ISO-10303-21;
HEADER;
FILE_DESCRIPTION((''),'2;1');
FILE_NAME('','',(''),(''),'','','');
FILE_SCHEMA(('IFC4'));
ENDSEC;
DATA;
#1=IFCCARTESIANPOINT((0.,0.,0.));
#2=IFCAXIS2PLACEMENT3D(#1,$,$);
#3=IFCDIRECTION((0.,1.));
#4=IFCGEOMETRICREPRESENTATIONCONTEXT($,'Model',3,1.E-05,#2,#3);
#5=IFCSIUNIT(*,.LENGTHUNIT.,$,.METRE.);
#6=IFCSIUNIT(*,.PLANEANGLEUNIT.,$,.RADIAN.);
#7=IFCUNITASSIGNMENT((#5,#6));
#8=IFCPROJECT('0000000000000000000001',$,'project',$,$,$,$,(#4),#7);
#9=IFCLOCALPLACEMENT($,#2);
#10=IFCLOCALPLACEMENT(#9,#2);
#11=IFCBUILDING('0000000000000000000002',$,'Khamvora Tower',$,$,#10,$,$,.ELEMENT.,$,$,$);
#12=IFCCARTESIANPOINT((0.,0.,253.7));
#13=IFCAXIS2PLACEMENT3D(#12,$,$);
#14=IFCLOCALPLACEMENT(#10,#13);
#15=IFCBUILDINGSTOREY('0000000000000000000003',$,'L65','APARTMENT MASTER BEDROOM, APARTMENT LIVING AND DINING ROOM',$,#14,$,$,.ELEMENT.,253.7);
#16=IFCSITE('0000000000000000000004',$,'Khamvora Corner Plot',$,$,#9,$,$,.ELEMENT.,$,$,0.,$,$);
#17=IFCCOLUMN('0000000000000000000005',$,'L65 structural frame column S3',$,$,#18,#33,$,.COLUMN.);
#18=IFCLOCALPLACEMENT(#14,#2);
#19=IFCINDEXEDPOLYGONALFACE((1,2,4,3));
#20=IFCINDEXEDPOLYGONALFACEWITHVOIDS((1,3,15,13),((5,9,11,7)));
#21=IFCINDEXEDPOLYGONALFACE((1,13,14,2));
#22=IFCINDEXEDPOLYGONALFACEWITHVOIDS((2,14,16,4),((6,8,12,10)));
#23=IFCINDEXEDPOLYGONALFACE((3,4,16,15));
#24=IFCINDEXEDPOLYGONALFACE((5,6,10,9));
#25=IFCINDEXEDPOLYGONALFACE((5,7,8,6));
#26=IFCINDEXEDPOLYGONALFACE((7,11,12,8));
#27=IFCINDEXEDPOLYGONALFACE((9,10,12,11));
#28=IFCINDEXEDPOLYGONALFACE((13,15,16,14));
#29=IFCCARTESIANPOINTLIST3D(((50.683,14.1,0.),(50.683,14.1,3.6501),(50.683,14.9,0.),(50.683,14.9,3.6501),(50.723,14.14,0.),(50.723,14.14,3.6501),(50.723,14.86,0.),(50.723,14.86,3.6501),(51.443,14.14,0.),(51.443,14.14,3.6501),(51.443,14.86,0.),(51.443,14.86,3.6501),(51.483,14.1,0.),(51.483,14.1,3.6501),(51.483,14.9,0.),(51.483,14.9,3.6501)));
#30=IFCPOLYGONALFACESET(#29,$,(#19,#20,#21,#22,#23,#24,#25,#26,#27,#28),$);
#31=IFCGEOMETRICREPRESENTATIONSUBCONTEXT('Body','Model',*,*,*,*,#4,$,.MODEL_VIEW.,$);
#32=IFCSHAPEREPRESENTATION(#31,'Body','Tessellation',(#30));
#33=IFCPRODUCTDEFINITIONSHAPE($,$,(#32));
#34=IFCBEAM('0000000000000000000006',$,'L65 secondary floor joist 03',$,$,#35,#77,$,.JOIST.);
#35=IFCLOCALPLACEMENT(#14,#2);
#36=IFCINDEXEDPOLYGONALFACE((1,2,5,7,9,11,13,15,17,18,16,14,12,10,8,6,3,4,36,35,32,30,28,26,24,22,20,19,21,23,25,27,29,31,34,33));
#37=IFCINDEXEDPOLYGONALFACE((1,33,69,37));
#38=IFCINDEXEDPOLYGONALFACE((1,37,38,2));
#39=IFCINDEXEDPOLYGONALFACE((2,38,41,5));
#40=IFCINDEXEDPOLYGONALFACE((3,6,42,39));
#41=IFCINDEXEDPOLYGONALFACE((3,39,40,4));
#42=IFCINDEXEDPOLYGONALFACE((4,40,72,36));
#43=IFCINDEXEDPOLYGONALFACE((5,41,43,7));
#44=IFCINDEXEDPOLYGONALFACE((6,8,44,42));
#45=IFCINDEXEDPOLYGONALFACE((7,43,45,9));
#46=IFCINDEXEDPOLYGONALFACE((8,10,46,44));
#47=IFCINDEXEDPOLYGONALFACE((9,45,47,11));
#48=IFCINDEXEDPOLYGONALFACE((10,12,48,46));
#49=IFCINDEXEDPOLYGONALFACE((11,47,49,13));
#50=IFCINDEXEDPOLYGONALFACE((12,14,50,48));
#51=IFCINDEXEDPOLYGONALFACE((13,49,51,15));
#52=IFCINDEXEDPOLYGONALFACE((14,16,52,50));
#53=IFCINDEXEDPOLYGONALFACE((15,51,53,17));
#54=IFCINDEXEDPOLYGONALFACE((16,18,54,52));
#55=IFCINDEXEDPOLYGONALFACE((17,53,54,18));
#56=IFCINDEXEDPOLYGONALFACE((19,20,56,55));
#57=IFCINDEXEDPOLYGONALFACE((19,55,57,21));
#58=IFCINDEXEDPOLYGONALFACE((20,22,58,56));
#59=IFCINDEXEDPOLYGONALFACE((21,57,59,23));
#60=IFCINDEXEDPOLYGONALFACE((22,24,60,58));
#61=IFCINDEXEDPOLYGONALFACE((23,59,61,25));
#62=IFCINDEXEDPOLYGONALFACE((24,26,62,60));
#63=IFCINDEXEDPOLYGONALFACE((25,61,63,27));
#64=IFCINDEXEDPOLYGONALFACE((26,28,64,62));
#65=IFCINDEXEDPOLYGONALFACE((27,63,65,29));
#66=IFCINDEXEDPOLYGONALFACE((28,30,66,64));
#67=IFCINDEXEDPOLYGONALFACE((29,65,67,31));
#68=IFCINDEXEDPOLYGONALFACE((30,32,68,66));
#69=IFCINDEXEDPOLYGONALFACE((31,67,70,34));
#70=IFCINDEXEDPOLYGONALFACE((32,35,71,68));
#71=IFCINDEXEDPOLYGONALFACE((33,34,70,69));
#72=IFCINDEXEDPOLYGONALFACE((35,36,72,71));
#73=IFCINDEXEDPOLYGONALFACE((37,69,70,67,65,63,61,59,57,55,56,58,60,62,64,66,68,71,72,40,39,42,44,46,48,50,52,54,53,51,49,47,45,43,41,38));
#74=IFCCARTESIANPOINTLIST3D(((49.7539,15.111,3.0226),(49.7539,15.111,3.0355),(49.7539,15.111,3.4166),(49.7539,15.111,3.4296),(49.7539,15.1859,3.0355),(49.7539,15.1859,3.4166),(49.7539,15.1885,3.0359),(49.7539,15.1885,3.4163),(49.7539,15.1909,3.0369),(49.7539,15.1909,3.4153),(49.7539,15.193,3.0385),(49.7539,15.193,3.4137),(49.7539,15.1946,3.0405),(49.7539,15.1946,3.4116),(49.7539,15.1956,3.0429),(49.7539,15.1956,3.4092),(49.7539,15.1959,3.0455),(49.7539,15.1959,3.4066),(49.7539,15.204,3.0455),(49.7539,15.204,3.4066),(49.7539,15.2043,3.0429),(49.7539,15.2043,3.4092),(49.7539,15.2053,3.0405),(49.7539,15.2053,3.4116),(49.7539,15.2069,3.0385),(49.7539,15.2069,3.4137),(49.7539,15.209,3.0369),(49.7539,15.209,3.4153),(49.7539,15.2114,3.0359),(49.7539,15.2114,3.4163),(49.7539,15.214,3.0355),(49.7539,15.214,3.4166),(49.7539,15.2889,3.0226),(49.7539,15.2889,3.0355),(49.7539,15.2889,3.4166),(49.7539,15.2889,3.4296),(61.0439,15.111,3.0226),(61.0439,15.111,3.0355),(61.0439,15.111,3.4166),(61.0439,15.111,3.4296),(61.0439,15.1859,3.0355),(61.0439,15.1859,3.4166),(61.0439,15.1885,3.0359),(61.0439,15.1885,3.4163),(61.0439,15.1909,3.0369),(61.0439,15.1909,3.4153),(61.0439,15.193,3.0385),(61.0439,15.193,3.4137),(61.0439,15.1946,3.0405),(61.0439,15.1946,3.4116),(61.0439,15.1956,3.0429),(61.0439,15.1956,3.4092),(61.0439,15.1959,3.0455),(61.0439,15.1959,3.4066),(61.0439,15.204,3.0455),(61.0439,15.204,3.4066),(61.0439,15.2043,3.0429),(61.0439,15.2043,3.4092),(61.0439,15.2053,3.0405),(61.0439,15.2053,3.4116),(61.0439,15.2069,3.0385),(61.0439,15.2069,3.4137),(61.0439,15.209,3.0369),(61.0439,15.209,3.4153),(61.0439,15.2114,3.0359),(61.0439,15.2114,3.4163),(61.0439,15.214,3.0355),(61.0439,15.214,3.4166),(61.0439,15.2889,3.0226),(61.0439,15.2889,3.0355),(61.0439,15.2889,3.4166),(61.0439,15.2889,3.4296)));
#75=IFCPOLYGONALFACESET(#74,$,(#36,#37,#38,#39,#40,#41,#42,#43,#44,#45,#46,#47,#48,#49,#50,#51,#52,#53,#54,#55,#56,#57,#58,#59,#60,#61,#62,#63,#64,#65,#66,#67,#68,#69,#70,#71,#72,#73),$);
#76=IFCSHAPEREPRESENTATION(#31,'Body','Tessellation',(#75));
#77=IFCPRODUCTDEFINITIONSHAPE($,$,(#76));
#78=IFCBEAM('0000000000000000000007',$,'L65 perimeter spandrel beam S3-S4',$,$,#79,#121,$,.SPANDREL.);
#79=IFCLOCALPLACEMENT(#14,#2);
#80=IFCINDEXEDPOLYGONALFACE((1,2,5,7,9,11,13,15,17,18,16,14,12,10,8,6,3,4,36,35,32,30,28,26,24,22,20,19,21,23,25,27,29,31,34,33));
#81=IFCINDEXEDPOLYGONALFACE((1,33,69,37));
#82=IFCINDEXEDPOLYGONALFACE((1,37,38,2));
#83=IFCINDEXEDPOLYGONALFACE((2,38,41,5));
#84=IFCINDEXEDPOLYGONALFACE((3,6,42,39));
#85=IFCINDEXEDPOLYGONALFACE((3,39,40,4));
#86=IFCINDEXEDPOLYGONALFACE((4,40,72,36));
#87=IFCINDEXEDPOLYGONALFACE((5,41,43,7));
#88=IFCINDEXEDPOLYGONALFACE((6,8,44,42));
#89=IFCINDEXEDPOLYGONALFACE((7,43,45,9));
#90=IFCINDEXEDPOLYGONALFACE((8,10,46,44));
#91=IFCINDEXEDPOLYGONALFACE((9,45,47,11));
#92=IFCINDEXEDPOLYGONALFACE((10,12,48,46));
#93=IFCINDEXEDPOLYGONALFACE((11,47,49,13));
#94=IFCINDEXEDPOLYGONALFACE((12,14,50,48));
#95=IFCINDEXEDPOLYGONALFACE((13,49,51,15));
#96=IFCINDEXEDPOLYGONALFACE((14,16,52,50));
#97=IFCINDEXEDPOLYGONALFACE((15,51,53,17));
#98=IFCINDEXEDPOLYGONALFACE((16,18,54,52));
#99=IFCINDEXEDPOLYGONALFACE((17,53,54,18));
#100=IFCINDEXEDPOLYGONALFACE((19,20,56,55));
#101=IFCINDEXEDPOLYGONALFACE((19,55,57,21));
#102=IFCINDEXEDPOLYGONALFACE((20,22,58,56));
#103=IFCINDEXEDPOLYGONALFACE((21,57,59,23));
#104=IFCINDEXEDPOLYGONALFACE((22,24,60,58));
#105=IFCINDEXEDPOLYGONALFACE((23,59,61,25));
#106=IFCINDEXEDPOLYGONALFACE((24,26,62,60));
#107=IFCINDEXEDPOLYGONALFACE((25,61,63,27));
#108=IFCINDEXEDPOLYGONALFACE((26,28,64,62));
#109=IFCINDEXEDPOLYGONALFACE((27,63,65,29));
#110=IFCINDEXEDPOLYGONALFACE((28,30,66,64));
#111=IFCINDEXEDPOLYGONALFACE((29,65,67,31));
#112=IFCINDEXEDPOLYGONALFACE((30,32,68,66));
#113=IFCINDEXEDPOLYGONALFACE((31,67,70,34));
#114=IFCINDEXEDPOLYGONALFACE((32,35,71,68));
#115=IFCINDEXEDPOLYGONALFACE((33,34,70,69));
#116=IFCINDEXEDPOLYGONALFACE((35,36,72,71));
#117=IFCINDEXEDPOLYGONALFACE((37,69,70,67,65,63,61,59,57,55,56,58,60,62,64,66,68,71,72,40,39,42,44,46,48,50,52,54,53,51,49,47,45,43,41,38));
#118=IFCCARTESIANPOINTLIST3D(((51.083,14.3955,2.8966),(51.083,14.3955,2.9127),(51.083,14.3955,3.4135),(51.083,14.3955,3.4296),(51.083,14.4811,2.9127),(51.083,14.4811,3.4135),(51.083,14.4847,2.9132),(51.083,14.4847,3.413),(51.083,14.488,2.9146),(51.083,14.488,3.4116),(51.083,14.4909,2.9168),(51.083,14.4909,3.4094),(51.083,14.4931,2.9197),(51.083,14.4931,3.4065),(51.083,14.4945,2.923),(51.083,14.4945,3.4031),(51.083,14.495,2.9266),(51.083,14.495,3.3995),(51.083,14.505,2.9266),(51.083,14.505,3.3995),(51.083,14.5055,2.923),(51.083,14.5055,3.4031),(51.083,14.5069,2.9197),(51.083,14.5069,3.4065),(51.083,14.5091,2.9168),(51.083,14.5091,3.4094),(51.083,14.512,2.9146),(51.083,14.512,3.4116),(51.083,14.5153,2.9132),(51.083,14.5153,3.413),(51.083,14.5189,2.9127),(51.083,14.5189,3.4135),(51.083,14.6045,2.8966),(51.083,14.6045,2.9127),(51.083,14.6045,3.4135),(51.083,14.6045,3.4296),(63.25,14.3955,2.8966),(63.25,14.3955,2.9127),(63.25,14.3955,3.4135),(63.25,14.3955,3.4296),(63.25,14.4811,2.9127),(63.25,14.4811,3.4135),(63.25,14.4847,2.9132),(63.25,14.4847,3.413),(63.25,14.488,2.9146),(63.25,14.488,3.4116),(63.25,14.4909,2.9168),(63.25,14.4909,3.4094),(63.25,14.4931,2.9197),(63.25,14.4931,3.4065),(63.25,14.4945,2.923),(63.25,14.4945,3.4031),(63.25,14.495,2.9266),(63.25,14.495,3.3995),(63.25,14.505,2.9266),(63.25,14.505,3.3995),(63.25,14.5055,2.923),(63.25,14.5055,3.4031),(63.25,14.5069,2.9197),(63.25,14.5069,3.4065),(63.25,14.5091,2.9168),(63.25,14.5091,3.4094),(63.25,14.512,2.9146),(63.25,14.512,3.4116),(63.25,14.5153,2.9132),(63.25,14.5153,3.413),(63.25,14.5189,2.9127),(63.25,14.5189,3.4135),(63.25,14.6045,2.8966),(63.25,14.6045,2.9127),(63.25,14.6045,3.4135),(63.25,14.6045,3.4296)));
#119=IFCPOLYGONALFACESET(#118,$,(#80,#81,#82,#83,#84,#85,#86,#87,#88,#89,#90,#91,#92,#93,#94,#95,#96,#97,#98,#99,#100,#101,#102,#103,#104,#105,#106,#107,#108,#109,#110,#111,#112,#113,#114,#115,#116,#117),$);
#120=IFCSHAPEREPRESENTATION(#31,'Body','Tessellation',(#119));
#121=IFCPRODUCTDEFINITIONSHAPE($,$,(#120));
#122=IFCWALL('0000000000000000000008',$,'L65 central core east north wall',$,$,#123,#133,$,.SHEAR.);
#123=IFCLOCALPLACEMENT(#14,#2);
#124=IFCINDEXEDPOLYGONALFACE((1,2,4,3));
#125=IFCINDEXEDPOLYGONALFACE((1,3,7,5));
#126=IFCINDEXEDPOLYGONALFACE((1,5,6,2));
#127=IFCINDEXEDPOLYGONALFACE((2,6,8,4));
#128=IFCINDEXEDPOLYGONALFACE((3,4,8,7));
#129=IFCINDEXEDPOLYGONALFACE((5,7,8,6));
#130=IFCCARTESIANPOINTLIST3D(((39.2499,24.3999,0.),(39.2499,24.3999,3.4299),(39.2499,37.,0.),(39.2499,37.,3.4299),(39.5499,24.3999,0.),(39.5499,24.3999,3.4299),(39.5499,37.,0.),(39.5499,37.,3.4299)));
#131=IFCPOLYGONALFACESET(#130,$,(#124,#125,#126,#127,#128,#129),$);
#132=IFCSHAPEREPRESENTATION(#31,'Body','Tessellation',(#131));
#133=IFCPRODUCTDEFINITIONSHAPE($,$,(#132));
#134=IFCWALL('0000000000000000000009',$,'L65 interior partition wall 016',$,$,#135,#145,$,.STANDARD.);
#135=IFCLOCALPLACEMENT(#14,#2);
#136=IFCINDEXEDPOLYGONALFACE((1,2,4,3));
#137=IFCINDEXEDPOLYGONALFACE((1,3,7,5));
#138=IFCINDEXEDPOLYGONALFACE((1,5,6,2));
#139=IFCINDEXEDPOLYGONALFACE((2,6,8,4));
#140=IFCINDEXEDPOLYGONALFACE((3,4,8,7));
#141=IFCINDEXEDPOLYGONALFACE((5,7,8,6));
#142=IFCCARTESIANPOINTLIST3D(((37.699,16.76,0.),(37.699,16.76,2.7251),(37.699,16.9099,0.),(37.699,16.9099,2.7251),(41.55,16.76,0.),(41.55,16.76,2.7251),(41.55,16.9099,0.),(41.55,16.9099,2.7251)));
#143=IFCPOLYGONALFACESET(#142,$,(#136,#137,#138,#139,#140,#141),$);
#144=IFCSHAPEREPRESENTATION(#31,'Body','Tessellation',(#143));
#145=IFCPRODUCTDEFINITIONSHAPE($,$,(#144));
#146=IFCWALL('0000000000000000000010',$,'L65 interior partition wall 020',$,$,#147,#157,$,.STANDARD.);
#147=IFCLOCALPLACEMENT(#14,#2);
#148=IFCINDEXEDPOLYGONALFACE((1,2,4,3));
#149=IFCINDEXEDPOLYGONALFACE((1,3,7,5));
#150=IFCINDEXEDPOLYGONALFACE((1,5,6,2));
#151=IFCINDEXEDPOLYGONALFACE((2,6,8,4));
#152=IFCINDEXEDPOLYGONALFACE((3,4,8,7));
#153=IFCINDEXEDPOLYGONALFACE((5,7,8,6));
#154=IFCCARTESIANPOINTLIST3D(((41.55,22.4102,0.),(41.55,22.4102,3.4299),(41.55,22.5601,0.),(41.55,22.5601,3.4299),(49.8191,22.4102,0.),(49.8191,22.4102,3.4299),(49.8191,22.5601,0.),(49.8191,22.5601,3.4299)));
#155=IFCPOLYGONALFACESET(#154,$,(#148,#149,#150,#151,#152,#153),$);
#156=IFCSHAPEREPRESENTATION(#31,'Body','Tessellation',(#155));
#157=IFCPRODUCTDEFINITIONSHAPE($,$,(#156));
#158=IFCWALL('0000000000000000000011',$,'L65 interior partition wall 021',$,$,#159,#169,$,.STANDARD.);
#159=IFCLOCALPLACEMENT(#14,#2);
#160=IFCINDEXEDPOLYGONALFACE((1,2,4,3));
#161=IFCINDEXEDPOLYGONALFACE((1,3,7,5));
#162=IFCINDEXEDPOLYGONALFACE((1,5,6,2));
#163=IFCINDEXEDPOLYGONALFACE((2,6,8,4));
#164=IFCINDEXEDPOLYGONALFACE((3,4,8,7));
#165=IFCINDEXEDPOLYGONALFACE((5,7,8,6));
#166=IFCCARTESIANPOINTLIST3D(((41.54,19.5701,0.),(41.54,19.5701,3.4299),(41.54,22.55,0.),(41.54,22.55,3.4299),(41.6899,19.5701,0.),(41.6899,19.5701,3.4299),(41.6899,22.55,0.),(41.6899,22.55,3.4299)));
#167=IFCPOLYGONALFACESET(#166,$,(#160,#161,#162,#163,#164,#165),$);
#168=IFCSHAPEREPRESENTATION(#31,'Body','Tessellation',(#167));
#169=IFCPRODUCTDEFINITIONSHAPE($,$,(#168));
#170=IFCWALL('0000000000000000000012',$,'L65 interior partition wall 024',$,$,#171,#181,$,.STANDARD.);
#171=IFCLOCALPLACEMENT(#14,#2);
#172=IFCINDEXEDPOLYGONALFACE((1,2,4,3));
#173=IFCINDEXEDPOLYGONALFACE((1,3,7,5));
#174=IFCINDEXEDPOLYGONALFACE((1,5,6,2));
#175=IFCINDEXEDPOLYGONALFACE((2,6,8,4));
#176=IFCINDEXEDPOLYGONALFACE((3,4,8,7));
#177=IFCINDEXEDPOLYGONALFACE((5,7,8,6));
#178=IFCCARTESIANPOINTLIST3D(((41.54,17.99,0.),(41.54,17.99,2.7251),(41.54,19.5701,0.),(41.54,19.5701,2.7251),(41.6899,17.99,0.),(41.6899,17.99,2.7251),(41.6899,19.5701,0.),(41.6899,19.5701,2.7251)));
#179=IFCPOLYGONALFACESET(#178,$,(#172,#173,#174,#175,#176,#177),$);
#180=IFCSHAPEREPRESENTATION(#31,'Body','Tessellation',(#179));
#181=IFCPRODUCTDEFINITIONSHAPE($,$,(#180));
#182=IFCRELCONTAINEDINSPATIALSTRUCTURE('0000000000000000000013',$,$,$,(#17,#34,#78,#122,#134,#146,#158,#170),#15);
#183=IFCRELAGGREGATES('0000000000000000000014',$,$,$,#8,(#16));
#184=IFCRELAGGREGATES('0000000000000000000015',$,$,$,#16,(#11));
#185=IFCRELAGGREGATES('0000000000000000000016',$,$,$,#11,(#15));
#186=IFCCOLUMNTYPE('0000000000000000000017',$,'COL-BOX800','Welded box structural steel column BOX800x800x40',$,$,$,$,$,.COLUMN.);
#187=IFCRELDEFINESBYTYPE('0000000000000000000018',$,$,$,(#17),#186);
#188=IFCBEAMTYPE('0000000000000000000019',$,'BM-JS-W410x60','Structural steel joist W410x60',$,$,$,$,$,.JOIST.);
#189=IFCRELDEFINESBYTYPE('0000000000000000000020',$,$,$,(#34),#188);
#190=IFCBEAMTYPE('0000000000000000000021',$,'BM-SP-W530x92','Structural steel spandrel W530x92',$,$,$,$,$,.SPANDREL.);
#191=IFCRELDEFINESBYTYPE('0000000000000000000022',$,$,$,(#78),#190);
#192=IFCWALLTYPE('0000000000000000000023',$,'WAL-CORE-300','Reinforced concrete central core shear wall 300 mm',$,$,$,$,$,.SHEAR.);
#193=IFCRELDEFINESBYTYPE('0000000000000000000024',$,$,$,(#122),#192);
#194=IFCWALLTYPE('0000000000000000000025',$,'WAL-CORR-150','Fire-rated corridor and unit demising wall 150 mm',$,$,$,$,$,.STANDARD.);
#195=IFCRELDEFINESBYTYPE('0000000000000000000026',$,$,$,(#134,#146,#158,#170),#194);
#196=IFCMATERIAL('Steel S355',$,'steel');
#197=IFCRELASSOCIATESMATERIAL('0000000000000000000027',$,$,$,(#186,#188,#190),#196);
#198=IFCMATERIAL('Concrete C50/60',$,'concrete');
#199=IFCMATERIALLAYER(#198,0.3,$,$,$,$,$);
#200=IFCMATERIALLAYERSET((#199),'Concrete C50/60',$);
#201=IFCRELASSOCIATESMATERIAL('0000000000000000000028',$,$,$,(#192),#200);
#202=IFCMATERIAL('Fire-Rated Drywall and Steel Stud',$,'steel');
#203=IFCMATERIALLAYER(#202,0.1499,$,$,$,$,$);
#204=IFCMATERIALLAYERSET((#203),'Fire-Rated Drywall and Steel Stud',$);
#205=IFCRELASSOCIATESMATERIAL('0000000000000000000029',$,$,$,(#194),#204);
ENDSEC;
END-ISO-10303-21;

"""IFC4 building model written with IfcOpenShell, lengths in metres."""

from ifc_helpers import new_model, si_unit, direction, frame, frame_2d, origin, origin_2d, place, context, subcontext, project, spatial, rectangle, hollow_rectangle, i_section, extrude, material, layer, layer_set, material_profile, profile_set, type_object, element, save


model = new_model("IFC4")

# Units and contexts
model_context = context("Model", 3, precision=1e-05, world=origin(), true_north=direction((0.0, 1.0)))
body_context = subcontext(model_context, "Body", "Model", "MODEL_VIEW")
ifc_project = project(units=[si_unit("LENGTHUNIT", "METRE"), si_unit("PLANEANGLEUNIT", "RADIAN")], contexts=[model_context])

# Site, building, storey
site_placement = place(None, origin())
site = spatial("IfcSite", under=ifc_project, at=site_placement, Name="Khamvora Corner Plot", CompositionType="ELEMENT", RefElevation=0.0)
building_placement = place(site_placement, origin())
building = spatial("IfcBuilding", under=site, at=building_placement, Name="Khamvora Tower", CompositionType="ELEMENT")
storey_placement = place(building_placement, frame((0.0, 0.0, 253.7)))
storey = spatial("IfcBuildingStorey", under=building, at=storey_placement, Name="L65", Description="APARTMENT MASTER BEDROOM, APARTMENT LIVING AND DINING ROOM", CompositionType="ELEMENT", Elevation=253.7)

# Column
ifc_material_1 = material(Name="Steel S355", Category="steel")
ifc_material_profile_1 = material_profile(ifc_material_1, hollow_rectangle(XDim=0.8, YDim=0.8, WallThickness=0.04, at=origin_2d()), Name="BOX800x800x40")
ifc_profile_set_1 = profile_set([ifc_material_profile_1], Name="Steel S355")
column_type = type_object("IfcColumnType", Name="COL-BOX800", Description="Welded box structural steel column BOX800x800x40", PredefinedType="COLUMN", material=ifc_profile_set_1)
column_placement = place(storey_placement, frame((51.083, 14.5, 0.0), z_axis=(0.0, 0.0, 1.0), x_axis=(1.0, 0.0, 0.0)))
element("IfcColumn", 1, at=column_placement, inside=storey, type_object=column_type, Name="L65 structural frame column S3", PredefinedType="COLUMN", context=body_context, shape_type="SweptSolid", body=[
    extrude(hollow_rectangle(XDim=0.8, YDim=0.8, WallThickness=0.04, at=origin_2d()), origin(), (0.0, 0.0, 1.0), 3.6501),
])

# Beams
ifc_material_profile_2 = material_profile(ifc_material_1, i_section(OverallWidth=0.178, OverallDepth=0.407, WebThickness=0.0081, FlangeThickness=0.0129, FilletRadius=0.01, at=origin_2d()), Name="W410x60")
ifc_profile_set_2 = profile_set([ifc_material_profile_2], Name="Steel S355")
beam_type_1 = type_object("IfcBeamType", Name="BM-JS-W410x60", Description="Structural steel joist W410x60", PredefinedType="JOIST", material=ifc_profile_set_2)
beam_1_placement = place(storey_placement, frame((49.7539, 15.2, 3.2261), z_axis=(1.0, 0.0, 0.0), x_axis=(0.0, 1.0, 0.0)))
element("IfcBeam", 2, at=beam_1_placement, inside=storey, type_object=beam_type_1, Name="L65 secondary floor joist 03", PredefinedType="JOIST", context=body_context, shape_type="SweptSolid", body=[
    extrude(i_section(OverallWidth=0.178, OverallDepth=0.407, WebThickness=0.0081, FlangeThickness=0.0129, FilletRadius=0.01, at=origin_2d()), origin(), (0.0, 0.0, 1.0), 11.29),
])
ifc_material_profile_3 = material_profile(ifc_material_1, i_section(OverallWidth=0.209, OverallDepth=0.533, WebThickness=0.01, FlangeThickness=0.0161, FilletRadius=0.0139, at=origin_2d()), Name="W530x92")
ifc_profile_set_3 = profile_set([ifc_material_profile_3], Name="Steel S355")
beam_type_2 = type_object("IfcBeamType", Name="BM-SP-W530x92", Description="Structural steel spandrel W530x92", PredefinedType="SPANDREL", material=ifc_profile_set_3)
beam_2_placement = place(storey_placement, frame((51.083, 14.5, 3.1631), z_axis=(1.0, 0.0, 0.0), x_axis=(0.0, 1.0, 0.0)))
element("IfcBeam", 3, at=beam_2_placement, inside=storey, type_object=beam_type_2, Name="L65 perimeter spandrel beam S3-S4", PredefinedType="SPANDREL", context=body_context, shape_type="SweptSolid", body=[
    extrude(i_section(OverallWidth=0.209, OverallDepth=0.533, WebThickness=0.01, FlangeThickness=0.0161, FilletRadius=0.0139, at=origin_2d()), origin(), (0.0, 0.0, 1.0), 12.167),
])

# Walls
ifc_material_2 = material(Name="Concrete C50/60", Category="concrete")
ifc_layer_1 = layer(ifc_material_2, 0.3)
ifc_layer_set_1 = layer_set([ifc_layer_1], Name="Concrete C50/60")
wall_type_1 = type_object("IfcWallType", Name="WAL-CORE-300", Description="Reinforced concrete central core shear wall 300 mm", PredefinedType="SHEAR", material=ifc_layer_set_1)
wall_1_placement = place(storey_placement, frame((39.3999, 24.3999, 0.0), z_axis=(0.0, 0.0, 1.0), x_axis=(0.0, 1.0, 0.0)))
element("IfcWall", 4, at=wall_1_placement, inside=storey, type_object=wall_type_1, Name="L65 central core east north wall", PredefinedType="SHEAR", context=body_context, shape_type="SweptSolid", body=[
    extrude(rectangle(XDim=12.6001, YDim=0.3, at=frame_2d((6.3, 0.0))), origin(), (0.0, 0.0, 1.0), 3.4299),
])
ifc_material_3 = material(Name="Fire-Rated Drywall and Steel Stud", Category="steel")
ifc_layer_2 = layer(ifc_material_3, 0.1499)
ifc_layer_set_2 = layer_set([ifc_layer_2], Name="Fire-Rated Drywall and Steel Stud")
wall_type_2 = type_object("IfcWallType", Name="WAL-CORR-150", Description="Fire-rated corridor and unit demising wall 150 mm", PredefinedType="STANDARD", material=ifc_layer_set_2)
wall_2_placement = place(storey_placement, frame((41.55, 16.835, 0.0), z_axis=(0.0, 0.0, 1.0), x_axis=(-1.0, 0.0, 0.0)))
element("IfcWall", 5, at=wall_2_placement, inside=storey, type_object=wall_type_2, Name="L65 interior partition wall 016", PredefinedType="STANDARD", context=body_context, shape_type="SweptSolid", body=[
    extrude(rectangle(XDim=3.8511, YDim=0.1499, at=frame_2d((1.9255, 0.0))), origin(), (0.0, 0.0, 1.0), 2.7251),
])
wall_3_placement = place(storey_placement, frame((49.8191, 22.4851, 0.0), z_axis=(0.0, 0.0, 1.0), x_axis=(-1.0, 0.0, 0.0)))
element("IfcWall", 6, at=wall_3_placement, inside=storey, type_object=wall_type_2, Name="L65 interior partition wall 020", PredefinedType="STANDARD", context=body_context, shape_type="SweptSolid", body=[
    extrude(rectangle(XDim=8.269, YDim=0.1499, at=frame_2d((4.1345, 0.0))), origin(), (0.0, 0.0, 1.0), 3.4299),
])
wall_4_placement = place(storey_placement, frame((41.615, 22.55, 0.0), z_axis=(0.0, 0.0, 1.0), x_axis=(0.0, -1.0, 0.0)))
element("IfcWall", 7, at=wall_4_placement, inside=storey, type_object=wall_type_2, Name="L65 interior partition wall 021", PredefinedType="STANDARD", context=body_context, shape_type="SweptSolid", body=[
    extrude(rectangle(XDim=2.98, YDim=0.1499, at=frame_2d((1.49, 0.0))), origin(), (0.0, 0.0, 1.0), 3.4299),
])
wall_5_placement = place(storey_placement, frame((41.615, 19.5701, 0.0), z_axis=(0.0, 0.0, 1.0), x_axis=(0.0, -1.0, 0.0)))
element("IfcWall", 8, at=wall_5_placement, inside=storey, type_object=wall_type_2, Name="L65 interior partition wall 024", PredefinedType="STANDARD", context=body_context, shape_type="SweptSolid", body=[
    extrude(rectangle(XDim=1.5801, YDim=0.1499, at=frame_2d((0.79, 0.0))), origin(), (0.0, 0.0, 1.0), 2.7251),
])

save(model, "model.ifc")
